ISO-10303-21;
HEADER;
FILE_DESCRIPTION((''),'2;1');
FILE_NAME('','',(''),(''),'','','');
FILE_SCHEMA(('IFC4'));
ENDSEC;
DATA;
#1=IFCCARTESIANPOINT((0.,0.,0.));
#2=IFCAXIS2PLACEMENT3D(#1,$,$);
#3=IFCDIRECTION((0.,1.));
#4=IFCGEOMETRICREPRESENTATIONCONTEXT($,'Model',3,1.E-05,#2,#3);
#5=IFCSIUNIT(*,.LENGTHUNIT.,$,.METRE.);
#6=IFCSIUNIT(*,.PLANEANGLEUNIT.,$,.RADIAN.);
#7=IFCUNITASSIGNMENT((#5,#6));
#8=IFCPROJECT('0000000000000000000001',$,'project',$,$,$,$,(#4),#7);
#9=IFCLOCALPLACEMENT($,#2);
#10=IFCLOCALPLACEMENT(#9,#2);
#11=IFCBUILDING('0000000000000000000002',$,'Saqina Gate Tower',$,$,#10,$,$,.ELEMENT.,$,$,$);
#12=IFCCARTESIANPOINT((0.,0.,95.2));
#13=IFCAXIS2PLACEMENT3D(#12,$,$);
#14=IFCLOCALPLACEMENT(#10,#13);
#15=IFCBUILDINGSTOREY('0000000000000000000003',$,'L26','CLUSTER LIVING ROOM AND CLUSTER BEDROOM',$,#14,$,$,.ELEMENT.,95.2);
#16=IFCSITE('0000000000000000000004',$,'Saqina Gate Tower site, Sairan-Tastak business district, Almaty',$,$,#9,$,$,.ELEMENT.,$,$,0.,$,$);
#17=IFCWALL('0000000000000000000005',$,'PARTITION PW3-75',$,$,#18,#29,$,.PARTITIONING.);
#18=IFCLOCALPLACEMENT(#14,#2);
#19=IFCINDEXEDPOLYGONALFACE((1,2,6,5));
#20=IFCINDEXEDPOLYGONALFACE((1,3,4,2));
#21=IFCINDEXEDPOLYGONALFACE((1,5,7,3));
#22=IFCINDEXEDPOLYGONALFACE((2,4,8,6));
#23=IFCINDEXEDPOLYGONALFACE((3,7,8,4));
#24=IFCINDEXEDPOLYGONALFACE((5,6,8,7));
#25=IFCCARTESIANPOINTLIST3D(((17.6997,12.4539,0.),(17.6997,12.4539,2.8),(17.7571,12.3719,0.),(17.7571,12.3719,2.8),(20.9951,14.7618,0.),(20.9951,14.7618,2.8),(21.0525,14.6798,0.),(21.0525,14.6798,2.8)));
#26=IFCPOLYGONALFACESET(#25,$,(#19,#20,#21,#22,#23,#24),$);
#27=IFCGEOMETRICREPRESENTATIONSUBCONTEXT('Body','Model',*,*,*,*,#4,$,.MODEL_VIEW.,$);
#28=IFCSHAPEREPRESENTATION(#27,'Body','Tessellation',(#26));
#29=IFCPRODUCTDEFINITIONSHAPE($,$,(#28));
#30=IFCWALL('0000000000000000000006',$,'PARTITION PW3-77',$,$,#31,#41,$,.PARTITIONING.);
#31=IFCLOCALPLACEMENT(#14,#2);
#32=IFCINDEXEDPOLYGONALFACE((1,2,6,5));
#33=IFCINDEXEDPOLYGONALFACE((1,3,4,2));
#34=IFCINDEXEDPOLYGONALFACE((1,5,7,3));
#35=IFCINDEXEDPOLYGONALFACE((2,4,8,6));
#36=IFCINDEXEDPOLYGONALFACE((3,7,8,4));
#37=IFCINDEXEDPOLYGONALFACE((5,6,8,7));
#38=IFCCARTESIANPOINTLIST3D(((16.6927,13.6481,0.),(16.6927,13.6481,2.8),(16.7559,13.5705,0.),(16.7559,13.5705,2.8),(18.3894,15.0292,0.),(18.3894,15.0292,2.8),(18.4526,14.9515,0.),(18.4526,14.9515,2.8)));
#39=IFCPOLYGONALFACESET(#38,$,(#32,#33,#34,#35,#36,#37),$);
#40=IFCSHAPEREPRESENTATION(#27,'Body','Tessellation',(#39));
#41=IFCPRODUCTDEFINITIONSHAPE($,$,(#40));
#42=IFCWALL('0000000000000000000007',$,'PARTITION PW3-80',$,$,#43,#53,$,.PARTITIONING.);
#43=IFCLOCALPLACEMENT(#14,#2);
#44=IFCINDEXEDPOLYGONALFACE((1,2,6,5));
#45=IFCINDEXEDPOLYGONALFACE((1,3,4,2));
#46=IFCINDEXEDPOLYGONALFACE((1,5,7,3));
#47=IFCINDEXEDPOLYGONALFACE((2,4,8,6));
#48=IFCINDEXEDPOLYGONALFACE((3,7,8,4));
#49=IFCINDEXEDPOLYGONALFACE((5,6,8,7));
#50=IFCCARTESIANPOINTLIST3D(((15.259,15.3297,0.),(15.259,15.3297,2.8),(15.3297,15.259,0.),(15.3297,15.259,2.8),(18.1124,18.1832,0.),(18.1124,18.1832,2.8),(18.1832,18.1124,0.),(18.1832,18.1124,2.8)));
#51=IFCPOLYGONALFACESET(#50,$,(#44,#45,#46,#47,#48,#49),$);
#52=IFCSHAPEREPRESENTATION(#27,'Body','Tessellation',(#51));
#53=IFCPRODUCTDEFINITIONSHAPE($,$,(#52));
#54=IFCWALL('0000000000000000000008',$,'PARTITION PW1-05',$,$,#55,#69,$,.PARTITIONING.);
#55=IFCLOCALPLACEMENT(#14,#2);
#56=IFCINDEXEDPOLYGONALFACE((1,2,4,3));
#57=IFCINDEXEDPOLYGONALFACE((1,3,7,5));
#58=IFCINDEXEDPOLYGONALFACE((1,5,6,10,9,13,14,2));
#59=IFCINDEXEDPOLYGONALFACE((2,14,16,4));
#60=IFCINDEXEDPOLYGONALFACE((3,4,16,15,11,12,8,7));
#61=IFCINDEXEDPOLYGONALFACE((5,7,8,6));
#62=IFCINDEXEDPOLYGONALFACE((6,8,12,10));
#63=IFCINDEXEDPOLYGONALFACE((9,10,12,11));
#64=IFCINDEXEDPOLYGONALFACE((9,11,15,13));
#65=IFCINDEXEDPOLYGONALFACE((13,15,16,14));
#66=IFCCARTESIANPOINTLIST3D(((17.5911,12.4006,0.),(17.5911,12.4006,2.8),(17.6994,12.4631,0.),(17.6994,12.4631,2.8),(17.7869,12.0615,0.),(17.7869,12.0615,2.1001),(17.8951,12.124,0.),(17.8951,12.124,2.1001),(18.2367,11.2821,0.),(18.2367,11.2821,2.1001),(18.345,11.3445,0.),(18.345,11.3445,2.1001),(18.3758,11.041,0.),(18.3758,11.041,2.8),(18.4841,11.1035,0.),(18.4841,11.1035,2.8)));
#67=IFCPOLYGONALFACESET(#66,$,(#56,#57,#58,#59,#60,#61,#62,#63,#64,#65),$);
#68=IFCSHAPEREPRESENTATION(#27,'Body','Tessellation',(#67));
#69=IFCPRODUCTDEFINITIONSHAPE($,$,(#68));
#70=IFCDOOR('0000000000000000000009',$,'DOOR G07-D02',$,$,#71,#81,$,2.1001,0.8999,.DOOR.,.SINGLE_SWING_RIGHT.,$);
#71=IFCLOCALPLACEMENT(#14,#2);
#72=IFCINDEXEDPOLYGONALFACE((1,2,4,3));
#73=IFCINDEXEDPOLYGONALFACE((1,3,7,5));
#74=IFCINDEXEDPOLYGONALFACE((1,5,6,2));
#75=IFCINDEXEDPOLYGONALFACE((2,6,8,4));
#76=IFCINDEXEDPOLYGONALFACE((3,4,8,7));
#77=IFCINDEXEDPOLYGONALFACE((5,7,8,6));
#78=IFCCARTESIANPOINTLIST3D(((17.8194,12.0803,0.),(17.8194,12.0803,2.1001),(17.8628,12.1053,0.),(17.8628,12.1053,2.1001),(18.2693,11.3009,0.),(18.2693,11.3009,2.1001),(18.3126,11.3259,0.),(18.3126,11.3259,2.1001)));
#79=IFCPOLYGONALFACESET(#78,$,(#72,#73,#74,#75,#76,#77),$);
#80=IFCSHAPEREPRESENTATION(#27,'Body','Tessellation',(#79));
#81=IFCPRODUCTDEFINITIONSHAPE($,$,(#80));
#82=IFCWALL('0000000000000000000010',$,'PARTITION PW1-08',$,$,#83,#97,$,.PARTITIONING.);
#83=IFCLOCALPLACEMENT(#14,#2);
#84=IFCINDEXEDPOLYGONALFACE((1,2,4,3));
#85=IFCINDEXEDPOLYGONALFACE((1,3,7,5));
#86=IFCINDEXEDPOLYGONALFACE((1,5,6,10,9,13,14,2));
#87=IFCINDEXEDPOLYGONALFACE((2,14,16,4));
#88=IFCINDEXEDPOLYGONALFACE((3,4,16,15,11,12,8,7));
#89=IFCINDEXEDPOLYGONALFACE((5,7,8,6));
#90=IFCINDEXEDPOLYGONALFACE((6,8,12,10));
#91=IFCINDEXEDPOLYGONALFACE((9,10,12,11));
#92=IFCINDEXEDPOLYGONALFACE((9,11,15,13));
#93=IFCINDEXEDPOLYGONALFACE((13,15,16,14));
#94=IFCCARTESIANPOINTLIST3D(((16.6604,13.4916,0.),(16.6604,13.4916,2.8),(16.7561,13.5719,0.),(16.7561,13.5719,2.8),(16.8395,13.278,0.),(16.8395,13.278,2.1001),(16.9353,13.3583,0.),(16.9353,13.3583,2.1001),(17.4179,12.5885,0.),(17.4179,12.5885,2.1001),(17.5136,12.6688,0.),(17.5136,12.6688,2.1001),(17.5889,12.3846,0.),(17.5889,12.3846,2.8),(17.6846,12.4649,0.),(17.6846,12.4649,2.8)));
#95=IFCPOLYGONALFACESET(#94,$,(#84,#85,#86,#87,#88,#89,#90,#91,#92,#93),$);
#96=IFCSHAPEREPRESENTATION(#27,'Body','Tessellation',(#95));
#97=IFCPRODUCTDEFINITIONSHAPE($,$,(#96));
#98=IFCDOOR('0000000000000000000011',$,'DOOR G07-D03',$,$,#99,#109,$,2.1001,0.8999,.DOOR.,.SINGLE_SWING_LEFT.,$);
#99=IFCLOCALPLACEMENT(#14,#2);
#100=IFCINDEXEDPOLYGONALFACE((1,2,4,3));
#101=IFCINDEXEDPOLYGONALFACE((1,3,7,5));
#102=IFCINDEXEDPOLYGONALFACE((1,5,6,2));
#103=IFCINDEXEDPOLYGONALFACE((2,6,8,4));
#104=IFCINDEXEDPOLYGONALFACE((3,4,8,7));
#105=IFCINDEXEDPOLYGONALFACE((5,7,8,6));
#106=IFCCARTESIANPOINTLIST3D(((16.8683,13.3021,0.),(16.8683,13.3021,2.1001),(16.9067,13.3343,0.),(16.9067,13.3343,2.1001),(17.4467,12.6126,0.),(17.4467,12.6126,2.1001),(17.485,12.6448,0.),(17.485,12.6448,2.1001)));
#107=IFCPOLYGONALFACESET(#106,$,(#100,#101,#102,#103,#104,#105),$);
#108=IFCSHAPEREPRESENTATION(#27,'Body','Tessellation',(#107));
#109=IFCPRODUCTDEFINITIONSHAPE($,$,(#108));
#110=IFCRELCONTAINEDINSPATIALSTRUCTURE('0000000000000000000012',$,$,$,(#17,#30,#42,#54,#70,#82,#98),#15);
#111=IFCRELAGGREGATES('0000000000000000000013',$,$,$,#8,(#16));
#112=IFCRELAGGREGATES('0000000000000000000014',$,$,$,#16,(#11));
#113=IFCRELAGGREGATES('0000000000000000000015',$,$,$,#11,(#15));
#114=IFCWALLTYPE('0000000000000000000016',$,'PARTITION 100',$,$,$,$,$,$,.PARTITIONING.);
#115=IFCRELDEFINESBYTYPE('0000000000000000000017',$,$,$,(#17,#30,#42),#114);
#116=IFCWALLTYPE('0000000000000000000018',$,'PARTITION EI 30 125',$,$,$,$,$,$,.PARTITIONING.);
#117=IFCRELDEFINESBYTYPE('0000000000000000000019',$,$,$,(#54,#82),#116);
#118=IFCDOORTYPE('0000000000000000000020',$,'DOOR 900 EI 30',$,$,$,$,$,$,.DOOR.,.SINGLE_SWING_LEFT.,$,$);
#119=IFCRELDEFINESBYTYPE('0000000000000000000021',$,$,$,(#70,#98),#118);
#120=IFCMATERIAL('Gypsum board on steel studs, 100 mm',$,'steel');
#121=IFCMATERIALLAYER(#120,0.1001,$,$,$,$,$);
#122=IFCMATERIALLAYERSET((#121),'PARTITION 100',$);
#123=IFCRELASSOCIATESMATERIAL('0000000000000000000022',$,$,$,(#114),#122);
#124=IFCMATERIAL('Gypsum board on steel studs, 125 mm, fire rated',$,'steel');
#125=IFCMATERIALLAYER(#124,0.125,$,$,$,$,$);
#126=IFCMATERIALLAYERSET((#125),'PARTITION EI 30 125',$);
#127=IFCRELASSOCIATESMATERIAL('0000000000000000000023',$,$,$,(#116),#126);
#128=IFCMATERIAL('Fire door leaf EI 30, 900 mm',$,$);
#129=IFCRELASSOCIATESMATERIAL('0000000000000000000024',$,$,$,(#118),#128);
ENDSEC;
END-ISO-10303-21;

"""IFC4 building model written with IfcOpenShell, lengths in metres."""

from ifc_helpers import new_model, si_unit, direction, frame, frame_2d, origin, place, context, subcontext, project, spatial, rectangle, extrude, material, layer, layer_set, type_object, element, fill, save


model = new_model("IFC4")

# Units and contexts
model_context = context("Model", 3, precision=1e-05, world=origin(), true_north=direction((0.0, 1.0)))
body_context = subcontext(model_context, "Body", "Model", "MODEL_VIEW")
ifc_project = project(units=[si_unit("LENGTHUNIT", "METRE"), si_unit("PLANEANGLEUNIT", "RADIAN")], contexts=[model_context])

# Site, building, storey
site_placement = place(None, origin())
site = spatial("IfcSite", under=ifc_project, at=site_placement, Name="Saqina Gate Tower site, Sairan-Tastak business district, Almaty", CompositionType="ELEMENT", RefElevation=0.0)
building_placement = place(site_placement, origin())
building = spatial("IfcBuilding", under=site, at=building_placement, Name="Saqina Gate Tower", CompositionType="ELEMENT")
storey_placement = place(building_placement, frame((0.0, 0.0, 95.2)))
storey = spatial("IfcBuildingStorey", under=building, at=storey_placement, Name="L26", Description="CLUSTER LIVING ROOM AND CLUSTER BEDROOM", CompositionType="ELEMENT", Elevation=95.2)

# Shared definitions
ifc_material_1 = material(Name="Gypsum board on steel studs, 100 mm", Category="steel")
ifc_layer_1 = layer(ifc_material_1, 0.1001)
ifc_layer_set_1 = layer_set([ifc_layer_1], Name="PARTITION 100")
wall_type_1 = type_object("IfcWallType", Name="PARTITION 100", PredefinedType="PARTITIONING", material=ifc_layer_set_1)

# Walls
wall_1_placement = place(storey_placement, frame((17.7283, 12.4128, 0.0), z_axis=(0.0, 0.0, 1.0), x_axis=(0.819106, 0.573642, 0.0)))
element("IfcWall", 1, at=wall_1_placement, inside=storey, type_object=wall_type_1, Name="PARTITION PW3-75", PredefinedType="PARTITIONING", context=body_context, shape_type="SweptSolid", body=[
    extrude(rectangle(XDim=4.0232, YDim=0.1001, at=frame_2d((2.0117, 0.0))), origin(), (0.0, 0.0, 1.0), 2.8),
])
wall_2_placement = place(storey_placement, frame((16.7244, 13.6094, 0.0), z_axis=(0.0, 0.0, 1.0), x_axis=(0.775561, 0.631273, 0.0)))
element("IfcWall", 2, at=wall_2_placement, inside=storey, type_object=wall_type_1, Name="PARTITION PW3-77", PredefinedType="PARTITIONING", context=body_context, shape_type="SweptSolid", body=[
    extrude(rectangle(XDim=2.1877, YDim=0.1001, at=frame_2d((1.0938, 0.0))), origin(), (0.0, 0.0, 1.0), 2.8),
])
wall_3_placement = place(storey_placement, frame((15.2944, 15.2944, 0.0), z_axis=(0.0, 0.0, 1.0), x_axis=(0.707107, 0.707107, 0.0)))
element("IfcWall", 3, at=wall_3_placement, inside=storey, type_object=wall_type_1, Name="PARTITION PW3-80", PredefinedType="PARTITIONING", context=body_context, shape_type="SweptSolid", body=[
    extrude(rectangle(XDim=4.0354, YDim=0.1001, at=frame_2d((2.0176, 0.0))), origin(), (0.0, 0.0, 1.0), 2.8),
])

# Walls, openings, doors
ifc_material_2 = material(Name="Gypsum board on steel studs, 125 mm, fire rated", Category="steel")
ifc_layer_2 = layer(ifc_material_2, 0.125)
ifc_layer_set_2 = layer_set([ifc_layer_2], Name="PARTITION EI 30 125")
wall_type_2 = type_object("IfcWallType", Name="PARTITION EI 30 125", PredefinedType="PARTITIONING", material=ifc_layer_set_2)
wall_4_placement = place(storey_placement, frame((17.6453, 12.4319, 0.0), z_axis=(0.0, 0.0, 1.0), x_axis=(0.499853, -0.86611, 0.0)))
wall_4 = element("IfcWall", 4, at=wall_4_placement, inside=storey, type_object=wall_type_2, Name="PARTITION PW1-05", PredefinedType="PARTITIONING", context=body_context, shape_type="SweptSolid", body=[
    extrude(rectangle(XDim=1.5698, YDim=0.125, at=frame_2d((0.7849, 0.0))), origin(), (0.0, 0.0, 1.0), 2.8),
])
opening_1_placement = place(wall_4_placement, frame((0.3916, 0.0, 0.0)))
opening_1 = element("IfcOpeningElement", 5, at=opening_1_placement, cuts=wall_4, PredefinedType="OPENING", context=body_context, shape_type="SweptSolid", body=[
    extrude(rectangle(XDim=0.8999, YDim=2.1001, at=frame_2d((0.45, 1.05))), frame((0.0, 0.0745, 0.0), z_axis=(0.0, -1.0, 0.0), x_axis=(1.0, 0.0, 0.0)), (0.0, 0.0, 1.0), 0.1489),
])
ifc_material_3 = material(Name="Fire door leaf EI 30, 900 mm")
door_type_1 = type_object("IfcDoorType", Name="DOOR 900 EI 30", OperationType="SINGLE_SWING_LEFT", PredefinedType="DOOR", material=ifc_material_3)
door_1_placement = place(opening_1_placement, frame((0.8999, 0.0, 0.0), z_axis=(0.0, 0.0, 1.0), x_axis=(-1.0, 0.0, 0.0)))
door_1 = element("IfcDoor", 6, at=door_1_placement, inside=storey, type_object=door_type_1, Name="DOOR G07-D02", OperationType="SINGLE_SWING_RIGHT", OverallHeight=2.1001, OverallWidth=0.8999, PredefinedType="DOOR", context=body_context, shape_type="SweptSolid", body=[
    extrude(rectangle(XDim=0.8999, YDim=2.1001, at=frame_2d((0.45, 1.05))), frame((0.0, 0.0249, 0.0), z_axis=(0.0, -1.0, 0.0), x_axis=(1.0, 0.0, 0.0)), (0.0, 0.0, 1.0), 0.05),
])
fill(opening_1, door_1)
wall_5_placement = place(storey_placement, frame((16.7083, 13.5317, 0.0), z_axis=(0.0, 0.0, 1.0), x_axis=(0.642641, -0.766167, 0.0)))
wall_5 = element("IfcWall", 7, at=wall_5_placement, inside=storey, type_object=wall_type_2, Name="PARTITION PW1-08", PredefinedType="PARTITIONING", context=body_context, shape_type="SweptSolid", body=[
    extrude(rectangle(XDim=1.4448, YDim=0.125, at=frame_2d((0.7224, 0.0))), origin(), (0.0, 0.0, 1.0), 2.8),
])
opening_2_placement = place(wall_5_placement, frame((0.2788, 0.0, 0.0)))
opening_2 = element("IfcOpeningElement", 8, at=opening_2_placement, cuts=wall_5, PredefinedType="OPENING", context=body_context, shape_type="SweptSolid", body=[
    extrude(rectangle(XDim=0.8999, YDim=2.1001, at=frame_2d((0.45, 1.05))), frame((0.0, 0.0745, 0.0), z_axis=(0.0, -1.0, 0.0), x_axis=(1.0, 0.0, 0.0)), (0.0, 0.0, 1.0), 0.1489),
])
door_2_placement = place(opening_2_placement, frame((0.8999, 0.0, 0.0), z_axis=(0.0, 0.0, 1.0), x_axis=(-1.0, 0.0, 0.0)))
door_2 = element("IfcDoor", 9, at=door_2_placement, inside=storey, type_object=door_type_1, Name="DOOR G07-D03", OperationType="SINGLE_SWING_LEFT", OverallHeight=2.1001, OverallWidth=0.8999, PredefinedType="DOOR", context=body_context, shape_type="SweptSolid", body=[
    extrude(rectangle(XDim=0.8999, YDim=2.1001, at=frame_2d((0.45, 1.05))), frame((0.0, 0.0249, 0.0), z_axis=(0.0, -1.0, 0.0), x_axis=(1.0, 0.0, 0.0)), (0.0, 0.0, 1.0), 0.05),
])
fill(opening_2, door_2)

save(model, "model.ifc")
